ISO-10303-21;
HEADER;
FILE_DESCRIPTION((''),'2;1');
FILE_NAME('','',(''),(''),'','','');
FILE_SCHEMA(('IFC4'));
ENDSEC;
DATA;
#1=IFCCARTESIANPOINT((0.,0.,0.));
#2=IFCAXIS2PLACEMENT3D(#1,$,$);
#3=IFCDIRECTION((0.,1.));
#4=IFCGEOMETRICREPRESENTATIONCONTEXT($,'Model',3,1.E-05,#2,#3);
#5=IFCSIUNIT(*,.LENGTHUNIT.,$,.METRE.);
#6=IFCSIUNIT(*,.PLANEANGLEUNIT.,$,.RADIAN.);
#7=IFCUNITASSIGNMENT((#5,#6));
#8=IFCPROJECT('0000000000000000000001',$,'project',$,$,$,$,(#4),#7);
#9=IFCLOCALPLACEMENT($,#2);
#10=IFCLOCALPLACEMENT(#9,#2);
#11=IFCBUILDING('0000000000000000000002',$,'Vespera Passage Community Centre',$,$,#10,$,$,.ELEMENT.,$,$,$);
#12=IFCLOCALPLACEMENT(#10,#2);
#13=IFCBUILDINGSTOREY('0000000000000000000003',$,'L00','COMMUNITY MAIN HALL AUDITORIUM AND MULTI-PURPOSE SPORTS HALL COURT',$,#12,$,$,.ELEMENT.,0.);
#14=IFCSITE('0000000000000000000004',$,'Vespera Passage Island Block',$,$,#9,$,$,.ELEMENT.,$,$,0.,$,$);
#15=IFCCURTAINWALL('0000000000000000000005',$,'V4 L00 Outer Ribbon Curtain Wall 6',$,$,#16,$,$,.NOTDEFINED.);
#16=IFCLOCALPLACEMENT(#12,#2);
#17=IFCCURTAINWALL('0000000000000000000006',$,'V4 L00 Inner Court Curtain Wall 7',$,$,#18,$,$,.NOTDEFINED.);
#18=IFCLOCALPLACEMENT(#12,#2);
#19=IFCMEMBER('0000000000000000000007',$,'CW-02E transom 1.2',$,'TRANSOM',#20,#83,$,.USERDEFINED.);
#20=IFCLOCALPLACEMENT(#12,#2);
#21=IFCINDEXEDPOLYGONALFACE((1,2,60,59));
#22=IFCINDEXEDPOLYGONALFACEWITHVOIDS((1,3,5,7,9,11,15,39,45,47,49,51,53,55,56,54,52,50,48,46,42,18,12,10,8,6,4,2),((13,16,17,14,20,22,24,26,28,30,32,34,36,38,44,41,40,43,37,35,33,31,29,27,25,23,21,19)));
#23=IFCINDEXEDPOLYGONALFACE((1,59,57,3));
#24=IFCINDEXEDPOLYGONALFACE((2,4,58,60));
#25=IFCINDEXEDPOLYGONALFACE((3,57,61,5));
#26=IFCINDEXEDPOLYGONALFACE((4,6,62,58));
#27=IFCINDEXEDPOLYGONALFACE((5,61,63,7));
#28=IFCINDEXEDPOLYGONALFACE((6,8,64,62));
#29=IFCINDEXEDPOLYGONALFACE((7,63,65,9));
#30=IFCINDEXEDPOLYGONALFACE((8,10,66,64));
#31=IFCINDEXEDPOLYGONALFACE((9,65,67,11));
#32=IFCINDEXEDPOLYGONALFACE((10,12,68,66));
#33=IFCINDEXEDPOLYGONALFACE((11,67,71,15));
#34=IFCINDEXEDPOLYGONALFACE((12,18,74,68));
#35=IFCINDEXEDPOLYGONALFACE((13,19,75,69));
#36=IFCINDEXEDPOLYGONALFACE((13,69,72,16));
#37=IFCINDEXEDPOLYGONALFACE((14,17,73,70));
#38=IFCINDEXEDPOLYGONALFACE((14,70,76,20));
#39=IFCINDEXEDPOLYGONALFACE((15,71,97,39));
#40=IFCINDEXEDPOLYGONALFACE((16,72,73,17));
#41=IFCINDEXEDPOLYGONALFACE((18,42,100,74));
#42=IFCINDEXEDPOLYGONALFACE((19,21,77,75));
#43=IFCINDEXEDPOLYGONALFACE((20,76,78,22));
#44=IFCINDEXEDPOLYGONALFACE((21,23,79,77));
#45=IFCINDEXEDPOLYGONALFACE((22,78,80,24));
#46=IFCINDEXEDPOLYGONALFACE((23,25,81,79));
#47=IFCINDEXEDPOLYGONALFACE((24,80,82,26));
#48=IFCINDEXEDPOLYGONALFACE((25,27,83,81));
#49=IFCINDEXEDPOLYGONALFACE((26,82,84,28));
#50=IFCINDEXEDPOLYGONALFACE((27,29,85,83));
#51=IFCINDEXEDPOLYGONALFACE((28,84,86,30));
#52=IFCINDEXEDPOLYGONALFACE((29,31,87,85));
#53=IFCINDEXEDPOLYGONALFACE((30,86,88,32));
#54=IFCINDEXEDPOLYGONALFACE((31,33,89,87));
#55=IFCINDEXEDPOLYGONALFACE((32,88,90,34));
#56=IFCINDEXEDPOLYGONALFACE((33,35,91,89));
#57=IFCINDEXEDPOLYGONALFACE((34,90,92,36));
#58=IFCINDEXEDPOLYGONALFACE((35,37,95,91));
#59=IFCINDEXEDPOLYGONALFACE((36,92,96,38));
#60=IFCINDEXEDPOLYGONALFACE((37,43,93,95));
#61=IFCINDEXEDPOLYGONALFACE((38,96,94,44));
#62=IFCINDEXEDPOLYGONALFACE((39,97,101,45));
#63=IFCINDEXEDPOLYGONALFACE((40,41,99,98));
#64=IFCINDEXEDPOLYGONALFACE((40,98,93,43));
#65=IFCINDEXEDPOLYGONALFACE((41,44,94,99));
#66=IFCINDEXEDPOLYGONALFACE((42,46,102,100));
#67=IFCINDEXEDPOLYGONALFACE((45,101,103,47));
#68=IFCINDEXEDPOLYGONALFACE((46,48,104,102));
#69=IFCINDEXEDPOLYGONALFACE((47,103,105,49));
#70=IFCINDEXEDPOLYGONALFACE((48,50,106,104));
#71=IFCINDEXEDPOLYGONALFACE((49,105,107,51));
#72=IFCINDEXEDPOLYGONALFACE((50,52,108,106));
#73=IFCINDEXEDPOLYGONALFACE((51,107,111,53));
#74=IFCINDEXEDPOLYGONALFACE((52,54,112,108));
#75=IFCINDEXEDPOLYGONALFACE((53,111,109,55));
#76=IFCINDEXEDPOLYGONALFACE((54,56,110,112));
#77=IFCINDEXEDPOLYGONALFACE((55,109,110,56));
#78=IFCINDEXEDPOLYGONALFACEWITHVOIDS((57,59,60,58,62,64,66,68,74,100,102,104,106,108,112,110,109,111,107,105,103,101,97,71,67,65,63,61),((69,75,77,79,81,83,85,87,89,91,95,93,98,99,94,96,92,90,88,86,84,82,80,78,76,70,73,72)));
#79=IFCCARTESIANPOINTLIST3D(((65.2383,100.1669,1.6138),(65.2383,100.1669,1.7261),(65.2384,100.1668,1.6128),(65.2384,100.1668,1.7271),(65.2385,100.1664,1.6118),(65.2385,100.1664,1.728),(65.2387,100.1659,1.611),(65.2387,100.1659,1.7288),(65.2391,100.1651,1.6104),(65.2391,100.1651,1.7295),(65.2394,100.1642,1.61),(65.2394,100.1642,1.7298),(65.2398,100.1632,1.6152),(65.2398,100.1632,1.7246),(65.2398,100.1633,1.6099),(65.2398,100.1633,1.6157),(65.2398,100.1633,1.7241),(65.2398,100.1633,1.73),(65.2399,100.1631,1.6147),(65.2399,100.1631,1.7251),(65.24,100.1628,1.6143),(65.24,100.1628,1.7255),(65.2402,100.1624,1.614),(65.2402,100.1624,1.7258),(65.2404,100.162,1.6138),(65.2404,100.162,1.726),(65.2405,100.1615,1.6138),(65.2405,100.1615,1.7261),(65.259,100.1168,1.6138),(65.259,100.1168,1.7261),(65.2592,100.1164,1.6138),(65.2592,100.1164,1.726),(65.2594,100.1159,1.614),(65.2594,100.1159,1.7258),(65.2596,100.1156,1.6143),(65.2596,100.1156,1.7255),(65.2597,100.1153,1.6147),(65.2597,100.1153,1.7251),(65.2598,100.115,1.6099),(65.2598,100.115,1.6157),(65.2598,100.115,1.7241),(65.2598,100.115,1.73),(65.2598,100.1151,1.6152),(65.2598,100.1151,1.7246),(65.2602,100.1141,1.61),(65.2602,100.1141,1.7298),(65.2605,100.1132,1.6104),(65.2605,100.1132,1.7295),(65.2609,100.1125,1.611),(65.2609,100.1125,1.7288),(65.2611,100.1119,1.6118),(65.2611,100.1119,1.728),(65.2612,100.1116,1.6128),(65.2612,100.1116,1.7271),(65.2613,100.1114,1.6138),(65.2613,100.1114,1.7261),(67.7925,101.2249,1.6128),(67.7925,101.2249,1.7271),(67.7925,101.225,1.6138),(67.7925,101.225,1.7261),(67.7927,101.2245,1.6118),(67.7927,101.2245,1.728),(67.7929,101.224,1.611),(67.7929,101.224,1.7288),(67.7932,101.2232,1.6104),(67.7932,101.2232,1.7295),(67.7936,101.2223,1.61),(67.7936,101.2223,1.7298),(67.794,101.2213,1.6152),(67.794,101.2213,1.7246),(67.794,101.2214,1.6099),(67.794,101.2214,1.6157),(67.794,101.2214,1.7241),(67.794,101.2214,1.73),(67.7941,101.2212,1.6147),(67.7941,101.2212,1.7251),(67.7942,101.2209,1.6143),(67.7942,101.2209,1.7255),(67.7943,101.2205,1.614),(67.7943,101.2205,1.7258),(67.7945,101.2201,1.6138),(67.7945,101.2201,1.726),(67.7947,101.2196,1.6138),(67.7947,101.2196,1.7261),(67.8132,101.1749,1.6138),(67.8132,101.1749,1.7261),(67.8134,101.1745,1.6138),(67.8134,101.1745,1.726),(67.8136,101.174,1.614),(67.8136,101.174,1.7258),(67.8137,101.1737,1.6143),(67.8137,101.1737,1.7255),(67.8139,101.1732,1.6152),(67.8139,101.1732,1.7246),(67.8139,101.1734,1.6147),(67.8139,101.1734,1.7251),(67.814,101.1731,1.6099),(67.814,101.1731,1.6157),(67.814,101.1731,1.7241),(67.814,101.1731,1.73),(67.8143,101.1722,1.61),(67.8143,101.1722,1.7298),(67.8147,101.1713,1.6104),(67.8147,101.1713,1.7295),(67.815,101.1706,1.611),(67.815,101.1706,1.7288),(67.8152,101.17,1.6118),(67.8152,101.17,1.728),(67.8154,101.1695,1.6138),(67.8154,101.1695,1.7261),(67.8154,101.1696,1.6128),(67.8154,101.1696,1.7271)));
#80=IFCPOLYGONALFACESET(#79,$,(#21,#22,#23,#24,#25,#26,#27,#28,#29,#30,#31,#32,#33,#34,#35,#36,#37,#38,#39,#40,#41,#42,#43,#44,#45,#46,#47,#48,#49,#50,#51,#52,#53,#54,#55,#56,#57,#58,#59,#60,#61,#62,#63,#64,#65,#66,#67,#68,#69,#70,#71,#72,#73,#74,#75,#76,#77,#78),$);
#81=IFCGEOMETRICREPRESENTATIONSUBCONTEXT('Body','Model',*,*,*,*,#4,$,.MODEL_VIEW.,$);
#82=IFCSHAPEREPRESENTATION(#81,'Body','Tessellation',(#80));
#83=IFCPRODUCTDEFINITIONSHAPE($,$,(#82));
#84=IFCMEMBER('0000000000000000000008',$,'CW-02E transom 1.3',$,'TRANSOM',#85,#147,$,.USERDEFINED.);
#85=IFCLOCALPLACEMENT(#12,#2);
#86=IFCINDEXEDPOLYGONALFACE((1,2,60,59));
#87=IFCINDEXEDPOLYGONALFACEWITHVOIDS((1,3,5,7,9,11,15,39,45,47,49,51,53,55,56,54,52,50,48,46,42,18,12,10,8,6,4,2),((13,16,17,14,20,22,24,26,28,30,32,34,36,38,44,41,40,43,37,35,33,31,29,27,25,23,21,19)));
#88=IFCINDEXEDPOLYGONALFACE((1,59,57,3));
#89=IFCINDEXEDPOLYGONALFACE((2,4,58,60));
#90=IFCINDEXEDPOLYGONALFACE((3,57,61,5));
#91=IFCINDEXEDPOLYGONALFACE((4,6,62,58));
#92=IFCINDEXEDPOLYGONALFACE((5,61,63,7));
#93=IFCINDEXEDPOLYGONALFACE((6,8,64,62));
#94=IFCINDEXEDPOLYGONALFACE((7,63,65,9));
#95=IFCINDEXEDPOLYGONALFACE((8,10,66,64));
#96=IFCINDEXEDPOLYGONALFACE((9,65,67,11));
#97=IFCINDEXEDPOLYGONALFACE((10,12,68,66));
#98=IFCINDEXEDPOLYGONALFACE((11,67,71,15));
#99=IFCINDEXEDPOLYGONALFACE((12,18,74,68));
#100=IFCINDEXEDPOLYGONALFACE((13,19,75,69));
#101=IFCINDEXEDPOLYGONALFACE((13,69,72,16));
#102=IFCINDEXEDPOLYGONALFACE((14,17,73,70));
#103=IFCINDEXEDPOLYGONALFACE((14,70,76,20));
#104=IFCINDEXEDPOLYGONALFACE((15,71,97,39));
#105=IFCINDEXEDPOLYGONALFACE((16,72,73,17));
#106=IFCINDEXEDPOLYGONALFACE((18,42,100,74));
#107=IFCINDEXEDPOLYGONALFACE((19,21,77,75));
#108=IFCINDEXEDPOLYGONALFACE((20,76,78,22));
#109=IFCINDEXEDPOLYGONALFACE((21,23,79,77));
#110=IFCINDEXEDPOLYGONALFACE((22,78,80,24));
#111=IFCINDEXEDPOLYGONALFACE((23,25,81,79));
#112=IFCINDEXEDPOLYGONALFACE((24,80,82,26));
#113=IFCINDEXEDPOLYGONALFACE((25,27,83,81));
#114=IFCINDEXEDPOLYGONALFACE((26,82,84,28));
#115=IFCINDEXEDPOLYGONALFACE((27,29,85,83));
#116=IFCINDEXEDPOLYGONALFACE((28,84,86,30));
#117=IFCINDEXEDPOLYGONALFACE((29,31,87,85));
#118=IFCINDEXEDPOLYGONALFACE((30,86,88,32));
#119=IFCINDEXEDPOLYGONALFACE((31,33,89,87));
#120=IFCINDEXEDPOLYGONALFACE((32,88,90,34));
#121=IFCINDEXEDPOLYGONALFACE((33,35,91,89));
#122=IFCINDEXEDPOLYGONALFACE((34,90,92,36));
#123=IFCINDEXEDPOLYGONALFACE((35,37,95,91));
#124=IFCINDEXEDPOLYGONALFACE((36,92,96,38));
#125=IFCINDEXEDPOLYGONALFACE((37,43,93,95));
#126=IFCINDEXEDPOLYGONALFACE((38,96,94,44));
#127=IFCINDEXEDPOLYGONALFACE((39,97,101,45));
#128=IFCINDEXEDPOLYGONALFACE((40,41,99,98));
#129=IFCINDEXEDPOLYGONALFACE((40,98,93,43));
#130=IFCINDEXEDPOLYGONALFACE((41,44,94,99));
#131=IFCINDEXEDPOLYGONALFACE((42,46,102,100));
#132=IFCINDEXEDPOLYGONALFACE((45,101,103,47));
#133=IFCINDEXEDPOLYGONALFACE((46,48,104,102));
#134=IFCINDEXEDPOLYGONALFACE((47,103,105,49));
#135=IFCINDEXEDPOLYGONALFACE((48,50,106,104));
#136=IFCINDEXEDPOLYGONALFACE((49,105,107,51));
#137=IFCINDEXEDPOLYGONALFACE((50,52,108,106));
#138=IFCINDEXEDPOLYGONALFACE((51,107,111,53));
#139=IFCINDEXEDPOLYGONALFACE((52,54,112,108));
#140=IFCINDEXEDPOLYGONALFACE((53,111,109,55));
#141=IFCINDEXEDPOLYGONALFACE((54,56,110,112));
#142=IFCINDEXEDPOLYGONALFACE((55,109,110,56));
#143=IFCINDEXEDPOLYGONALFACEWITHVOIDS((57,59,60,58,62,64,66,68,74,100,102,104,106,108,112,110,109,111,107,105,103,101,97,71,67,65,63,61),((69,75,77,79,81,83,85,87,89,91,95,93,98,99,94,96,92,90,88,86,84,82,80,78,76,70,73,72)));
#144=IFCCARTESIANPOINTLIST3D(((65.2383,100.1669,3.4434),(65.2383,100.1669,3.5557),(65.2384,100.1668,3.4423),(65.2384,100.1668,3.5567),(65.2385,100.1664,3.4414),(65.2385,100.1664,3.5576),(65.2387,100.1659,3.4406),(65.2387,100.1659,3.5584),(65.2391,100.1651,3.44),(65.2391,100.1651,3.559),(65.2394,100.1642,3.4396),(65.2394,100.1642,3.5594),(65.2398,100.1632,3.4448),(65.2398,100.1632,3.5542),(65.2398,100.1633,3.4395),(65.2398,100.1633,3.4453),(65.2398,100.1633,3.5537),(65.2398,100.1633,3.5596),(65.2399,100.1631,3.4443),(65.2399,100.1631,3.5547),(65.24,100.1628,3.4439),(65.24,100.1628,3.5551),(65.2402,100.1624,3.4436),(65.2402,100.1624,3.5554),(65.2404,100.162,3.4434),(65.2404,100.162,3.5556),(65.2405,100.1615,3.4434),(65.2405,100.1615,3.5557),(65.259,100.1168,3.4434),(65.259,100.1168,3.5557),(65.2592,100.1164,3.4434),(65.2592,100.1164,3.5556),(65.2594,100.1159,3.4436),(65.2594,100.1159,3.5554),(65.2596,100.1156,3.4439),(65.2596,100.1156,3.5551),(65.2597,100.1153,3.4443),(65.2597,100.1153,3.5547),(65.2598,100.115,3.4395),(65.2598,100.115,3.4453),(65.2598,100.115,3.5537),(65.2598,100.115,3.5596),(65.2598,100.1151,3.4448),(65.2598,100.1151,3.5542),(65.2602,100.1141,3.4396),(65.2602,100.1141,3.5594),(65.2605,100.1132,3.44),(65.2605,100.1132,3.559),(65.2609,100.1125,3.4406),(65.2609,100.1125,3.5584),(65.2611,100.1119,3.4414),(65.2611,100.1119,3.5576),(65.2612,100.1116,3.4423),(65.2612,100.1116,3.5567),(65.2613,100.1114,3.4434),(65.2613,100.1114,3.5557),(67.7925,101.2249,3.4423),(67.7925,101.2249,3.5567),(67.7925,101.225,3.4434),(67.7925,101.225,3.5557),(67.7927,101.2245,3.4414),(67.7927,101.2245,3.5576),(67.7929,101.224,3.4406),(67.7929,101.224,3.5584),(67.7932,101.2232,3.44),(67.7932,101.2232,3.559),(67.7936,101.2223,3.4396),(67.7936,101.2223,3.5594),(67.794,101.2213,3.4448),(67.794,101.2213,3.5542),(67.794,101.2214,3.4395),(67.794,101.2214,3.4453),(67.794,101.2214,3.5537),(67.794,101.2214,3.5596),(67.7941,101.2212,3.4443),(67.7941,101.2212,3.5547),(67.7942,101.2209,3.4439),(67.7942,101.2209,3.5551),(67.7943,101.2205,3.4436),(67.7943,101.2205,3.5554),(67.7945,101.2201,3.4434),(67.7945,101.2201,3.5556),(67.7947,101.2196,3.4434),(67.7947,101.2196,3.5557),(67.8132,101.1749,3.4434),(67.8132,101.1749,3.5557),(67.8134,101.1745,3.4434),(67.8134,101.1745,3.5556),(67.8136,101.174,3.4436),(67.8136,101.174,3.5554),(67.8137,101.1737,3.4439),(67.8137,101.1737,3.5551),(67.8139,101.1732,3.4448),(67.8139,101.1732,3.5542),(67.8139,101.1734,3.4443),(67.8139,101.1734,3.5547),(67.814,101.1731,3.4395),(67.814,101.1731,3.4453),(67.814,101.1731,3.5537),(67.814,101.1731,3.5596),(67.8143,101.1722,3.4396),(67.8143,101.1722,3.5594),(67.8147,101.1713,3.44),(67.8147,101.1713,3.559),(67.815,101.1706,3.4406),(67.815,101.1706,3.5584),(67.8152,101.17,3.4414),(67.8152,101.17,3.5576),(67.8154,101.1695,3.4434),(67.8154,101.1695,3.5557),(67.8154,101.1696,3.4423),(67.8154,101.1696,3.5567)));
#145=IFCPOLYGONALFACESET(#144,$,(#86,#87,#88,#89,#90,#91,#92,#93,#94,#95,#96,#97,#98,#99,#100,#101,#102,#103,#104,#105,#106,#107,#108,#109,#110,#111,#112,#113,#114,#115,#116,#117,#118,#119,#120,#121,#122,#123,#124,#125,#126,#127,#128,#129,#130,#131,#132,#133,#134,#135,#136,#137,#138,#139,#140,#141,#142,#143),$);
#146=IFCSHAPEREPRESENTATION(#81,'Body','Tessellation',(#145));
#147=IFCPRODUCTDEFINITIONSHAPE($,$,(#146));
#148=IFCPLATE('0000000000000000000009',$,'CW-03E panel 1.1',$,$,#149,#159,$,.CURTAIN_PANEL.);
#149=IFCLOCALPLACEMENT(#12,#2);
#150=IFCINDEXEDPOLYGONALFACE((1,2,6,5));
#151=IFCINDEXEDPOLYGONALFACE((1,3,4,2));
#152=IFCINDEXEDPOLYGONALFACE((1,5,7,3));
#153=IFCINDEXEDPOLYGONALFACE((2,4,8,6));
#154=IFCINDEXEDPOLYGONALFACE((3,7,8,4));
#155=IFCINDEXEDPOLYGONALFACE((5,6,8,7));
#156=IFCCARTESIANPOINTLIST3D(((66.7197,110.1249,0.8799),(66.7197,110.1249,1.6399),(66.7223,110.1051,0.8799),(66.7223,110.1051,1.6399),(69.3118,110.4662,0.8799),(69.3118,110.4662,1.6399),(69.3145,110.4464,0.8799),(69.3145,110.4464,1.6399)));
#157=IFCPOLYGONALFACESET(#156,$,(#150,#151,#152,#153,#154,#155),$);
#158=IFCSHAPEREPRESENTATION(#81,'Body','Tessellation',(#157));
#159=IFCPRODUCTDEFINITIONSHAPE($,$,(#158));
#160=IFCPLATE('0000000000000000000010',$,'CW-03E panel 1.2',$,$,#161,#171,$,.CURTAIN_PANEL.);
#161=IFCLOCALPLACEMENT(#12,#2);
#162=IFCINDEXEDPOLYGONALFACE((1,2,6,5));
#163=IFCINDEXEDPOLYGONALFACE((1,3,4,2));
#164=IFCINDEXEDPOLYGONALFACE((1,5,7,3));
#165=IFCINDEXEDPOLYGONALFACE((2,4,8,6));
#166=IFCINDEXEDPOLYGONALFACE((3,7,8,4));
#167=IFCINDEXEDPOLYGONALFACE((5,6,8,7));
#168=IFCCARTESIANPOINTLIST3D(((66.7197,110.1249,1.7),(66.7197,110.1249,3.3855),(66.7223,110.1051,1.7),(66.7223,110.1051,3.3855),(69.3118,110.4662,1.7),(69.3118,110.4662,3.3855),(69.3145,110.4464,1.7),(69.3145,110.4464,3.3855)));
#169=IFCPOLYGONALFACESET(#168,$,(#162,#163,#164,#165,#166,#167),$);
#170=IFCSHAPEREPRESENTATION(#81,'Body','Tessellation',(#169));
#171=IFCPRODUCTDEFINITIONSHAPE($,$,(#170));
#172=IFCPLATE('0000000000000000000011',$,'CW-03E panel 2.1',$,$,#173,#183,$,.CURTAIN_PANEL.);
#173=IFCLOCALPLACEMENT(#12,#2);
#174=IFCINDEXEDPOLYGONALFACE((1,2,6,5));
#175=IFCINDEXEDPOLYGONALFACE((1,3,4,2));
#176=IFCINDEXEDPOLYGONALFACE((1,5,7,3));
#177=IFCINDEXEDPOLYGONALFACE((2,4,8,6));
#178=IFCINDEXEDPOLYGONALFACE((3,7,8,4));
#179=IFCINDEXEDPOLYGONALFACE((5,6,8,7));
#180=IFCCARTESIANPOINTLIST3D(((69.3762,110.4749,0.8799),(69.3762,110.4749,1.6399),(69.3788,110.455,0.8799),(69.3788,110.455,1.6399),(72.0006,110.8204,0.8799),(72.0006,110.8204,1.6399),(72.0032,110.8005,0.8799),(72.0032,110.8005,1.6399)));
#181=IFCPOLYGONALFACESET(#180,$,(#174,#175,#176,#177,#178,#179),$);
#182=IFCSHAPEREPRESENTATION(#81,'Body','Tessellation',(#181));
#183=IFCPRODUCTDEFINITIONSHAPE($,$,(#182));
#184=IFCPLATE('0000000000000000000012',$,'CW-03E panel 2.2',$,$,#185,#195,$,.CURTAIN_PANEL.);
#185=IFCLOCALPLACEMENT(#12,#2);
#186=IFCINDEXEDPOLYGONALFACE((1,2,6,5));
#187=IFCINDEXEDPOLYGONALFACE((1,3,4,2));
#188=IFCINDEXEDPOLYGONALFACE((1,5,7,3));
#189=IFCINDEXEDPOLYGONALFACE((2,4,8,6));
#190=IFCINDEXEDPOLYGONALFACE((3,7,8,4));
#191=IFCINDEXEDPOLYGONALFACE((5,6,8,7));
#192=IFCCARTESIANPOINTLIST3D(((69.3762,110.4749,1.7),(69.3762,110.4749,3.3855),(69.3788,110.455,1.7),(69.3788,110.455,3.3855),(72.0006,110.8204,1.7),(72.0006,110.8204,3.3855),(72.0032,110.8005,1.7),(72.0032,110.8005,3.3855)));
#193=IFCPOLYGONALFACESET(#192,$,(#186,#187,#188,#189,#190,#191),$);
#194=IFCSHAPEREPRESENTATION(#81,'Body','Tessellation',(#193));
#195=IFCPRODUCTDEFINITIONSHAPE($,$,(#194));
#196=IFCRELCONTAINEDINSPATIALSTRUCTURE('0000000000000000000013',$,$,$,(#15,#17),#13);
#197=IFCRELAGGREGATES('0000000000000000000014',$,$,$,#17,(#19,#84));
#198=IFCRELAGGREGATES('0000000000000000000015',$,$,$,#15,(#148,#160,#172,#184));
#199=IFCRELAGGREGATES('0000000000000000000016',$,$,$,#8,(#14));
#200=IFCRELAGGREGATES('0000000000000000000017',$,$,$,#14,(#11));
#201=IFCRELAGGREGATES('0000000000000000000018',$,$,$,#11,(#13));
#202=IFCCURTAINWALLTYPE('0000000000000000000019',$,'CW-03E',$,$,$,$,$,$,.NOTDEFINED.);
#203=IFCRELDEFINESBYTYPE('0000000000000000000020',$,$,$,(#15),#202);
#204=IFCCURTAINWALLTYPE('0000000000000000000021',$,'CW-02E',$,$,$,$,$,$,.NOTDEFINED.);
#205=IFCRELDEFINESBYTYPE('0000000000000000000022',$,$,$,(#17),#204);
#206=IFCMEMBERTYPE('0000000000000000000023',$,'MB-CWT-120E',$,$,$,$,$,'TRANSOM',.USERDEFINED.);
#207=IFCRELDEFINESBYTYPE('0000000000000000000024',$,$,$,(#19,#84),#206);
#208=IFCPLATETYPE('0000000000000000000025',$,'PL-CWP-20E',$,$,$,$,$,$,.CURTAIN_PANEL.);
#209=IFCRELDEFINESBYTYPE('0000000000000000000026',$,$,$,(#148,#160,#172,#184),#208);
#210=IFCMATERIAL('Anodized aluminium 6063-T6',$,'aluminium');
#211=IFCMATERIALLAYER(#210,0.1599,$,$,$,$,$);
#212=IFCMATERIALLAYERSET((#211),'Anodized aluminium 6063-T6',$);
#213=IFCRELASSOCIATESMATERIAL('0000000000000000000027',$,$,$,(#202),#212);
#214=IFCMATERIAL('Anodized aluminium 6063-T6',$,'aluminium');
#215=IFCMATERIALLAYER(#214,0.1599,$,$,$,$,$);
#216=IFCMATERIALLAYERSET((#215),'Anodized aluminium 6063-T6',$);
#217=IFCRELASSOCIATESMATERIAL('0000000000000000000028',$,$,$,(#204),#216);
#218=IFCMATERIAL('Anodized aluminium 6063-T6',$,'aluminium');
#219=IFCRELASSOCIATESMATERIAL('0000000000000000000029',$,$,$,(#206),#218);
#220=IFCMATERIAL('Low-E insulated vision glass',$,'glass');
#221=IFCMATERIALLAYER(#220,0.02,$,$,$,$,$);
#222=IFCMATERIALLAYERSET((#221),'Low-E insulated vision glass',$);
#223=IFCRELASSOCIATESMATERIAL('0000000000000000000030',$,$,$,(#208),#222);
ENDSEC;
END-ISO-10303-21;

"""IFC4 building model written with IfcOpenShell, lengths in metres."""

from ifc_helpers import new_model, si_unit, direction, frame, origin, origin_2d, place, context, subcontext, project, spatial, rectangle, hollow_rectangle, extrude, material, layer, layer_set, material_profile, profile_set, type_object, element, aggregate, save


model = new_model("IFC4")

# Units and contexts
model_context = context("Model", 3, precision=1e-05, world=origin(), true_north=direction((0.0, 1.0)))
body_context = subcontext(model_context, "Body", "Model", "MODEL_VIEW")
ifc_project = project(units=[si_unit("LENGTHUNIT", "METRE"), si_unit("PLANEANGLEUNIT", "RADIAN")], contexts=[model_context])

# Site, building, storey
site_placement = place(None, origin())
site = spatial("IfcSite", under=ifc_project, at=site_placement, Name="Vespera Passage Island Block", CompositionType="ELEMENT", RefElevation=0.0)
building_placement = place(site_placement, origin())
building = spatial("IfcBuilding", under=site, at=building_placement, Name="Vespera Passage Community Centre", CompositionType="ELEMENT")
storey_placement = place(building_placement, origin())
storey = spatial("IfcBuildingStorey", under=building, at=storey_placement, Name="L00", Description="COMMUNITY MAIN HALL AUDITORIUM AND MULTI-PURPOSE SPORTS HALL COURT", CompositionType="ELEMENT", Elevation=0.0)

# Curtain wall
ifc_material_1 = material(Name="Anodized aluminium 6063-T6", Category="aluminium")
ifc_layer_1 = layer(ifc_material_1, 0.1599)
ifc_layer_set_1 = layer_set([ifc_layer_1], Name="Anodized aluminium 6063-T6")
curtain_wall_type_1 = type_object("IfcCurtainWallType", Name="CW-03E", PredefinedType="NOTDEFINED", material=ifc_layer_set_1)
curtain_wall_1_placement = place(storey_placement, origin())
curtain_wall_1 = element("IfcCurtainWall", 1, at=curtain_wall_1_placement, inside=storey, type_object=curtain_wall_type_1, Name="V4 L00 Outer Ribbon Curtain Wall 6", PredefinedType="NOTDEFINED")

# Curtain wall
ifc_material_2 = material(Name="Anodized aluminium 6063-T6", Category="aluminium")
ifc_layer_2 = layer(ifc_material_2, 0.1599)
ifc_layer_set_2 = layer_set([ifc_layer_2], Name="Anodized aluminium 6063-T6")
curtain_wall_type_2 = type_object("IfcCurtainWallType", Name="CW-02E", PredefinedType="NOTDEFINED", material=ifc_layer_set_2)
curtain_wall_2_placement = place(storey_placement, origin())
curtain_wall_2 = element("IfcCurtainWall", 2, at=curtain_wall_2_placement, inside=storey, type_object=curtain_wall_type_2, Name="V4 L00 Inner Court Curtain Wall 7", PredefinedType="NOTDEFINED")

# Members
ifc_material_3 = material(Name="Anodized aluminium 6063-T6", Category="aluminium")
ifc_material_profile_1 = material_profile(ifc_material_3, hollow_rectangle(XDim=0.0601, YDim=0.1201, WallThickness=0.0039, InnerFilletRadius=0.002, OuterFilletRadius=0.0039, at=origin_2d()), Name="ALU120X60X4")
ifc_profile_set_1 = profile_set([ifc_material_profile_1], Name="Anodized aluminium 6063-T6")
member_type_1 = type_object("IfcMemberType", Name="MB-CWT-120E", ElementType="TRANSOM", PredefinedType="USERDEFINED", material=ifc_profile_set_1)
member_1_placement = place(storey_placement, frame((67.804, 101.1973, 1.6699), z_axis=(-0.923864, -0.382721, 0.0), x_axis=(0.382721, -0.923864, 0.0)))
member_1 = element("IfcMember", 3, at=member_1_placement, type_object=member_type_1, Name="CW-02E transom 1.2", ObjectType="TRANSOM", PredefinedType="USERDEFINED", context=body_context, shape_type="SweptSolid", body=[
    extrude(hollow_rectangle(XDim=0.0601, YDim=0.1201, WallThickness=0.0039, InnerFilletRadius=0.002, OuterFilletRadius=0.0039, at=origin_2d()), origin(), (0.0, 0.0, 1.0), 2.7646),
])
member_2_placement = place(storey_placement, frame((67.804, 101.1973, 3.4995), z_axis=(-0.923864, -0.382721, 0.0), x_axis=(0.382721, -0.923864, 0.0)))
member_2 = element("IfcMember", 4, at=member_2_placement, type_object=member_type_1, Name="CW-02E transom 1.3", ObjectType="TRANSOM", PredefinedType="USERDEFINED", context=body_context, shape_type="SweptSolid", body=[
    extrude(hollow_rectangle(XDim=0.0601, YDim=0.1201, WallThickness=0.0039, InnerFilletRadius=0.002, OuterFilletRadius=0.0039, at=origin_2d()), origin(), (0.0, 0.0, 1.0), 2.7646),
])
aggregate(curtain_wall_2, [member_1, member_2])

# Plates
ifc_material_4 = material(Name="Low-E insulated vision glass", Category="glass")
ifc_layer_3 = layer(ifc_material_4, 0.02)
ifc_layer_set_3 = layer_set([ifc_layer_3], Name="Low-E insulated vision glass")
plate_type = type_object("IfcPlateType", Name="PL-CWP-20E", PredefinedType="CURTAIN_PANEL", material=ifc_layer_set_3)
plate_1_placement = place(storey_placement, frame((68.0171, 110.2856, 0.8799), z_axis=(0.0, 0.0, 1.0), x_axis=(0.991444, 0.130531, 0.0)))
plate_1 = element("IfcPlate", 5, at=plate_1_placement, type_object=plate_type, Name="CW-03E panel 1.1", PredefinedType="CURTAIN_PANEL", context=body_context, shape_type="SweptSolid", body=[
    extrude(rectangle(XDim=2.6145, YDim=0.02, at=origin_2d()), origin(), (0.0, 0.0, 1.0), 0.76),
])
plate_2_placement = place(storey_placement, frame((68.0171, 110.2856, 1.7), z_axis=(0.0, 0.0, 1.0), x_axis=(0.991444, 0.130531, 0.0)))
plate_2 = element("IfcPlate", 6, at=plate_2_placement, type_object=plate_type, Name="CW-03E panel 1.2", PredefinedType="CURTAIN_PANEL", context=body_context, shape_type="SweptSolid", body=[
    extrude(rectangle(XDim=2.6145, YDim=0.02, at=origin_2d()), origin(), (0.0, 0.0, 1.0), 1.6855),
])
plate_3_placement = place(storey_placement, frame((70.6897, 110.6377, 0.8799), z_axis=(0.0, 0.0, 1.0), x_axis=(0.991444, 0.130531, 0.0)))
plate_3 = element("IfcPlate", 7, at=plate_3_placement, type_object=plate_type, Name="CW-03E panel 2.1", PredefinedType="CURTAIN_PANEL", context=body_context, shape_type="SweptSolid", body=[
    extrude(rectangle(XDim=2.647, YDim=0.02, at=origin_2d()), origin(), (0.0, 0.0, 1.0), 0.76),
])
plate_4_placement = place(storey_placement, frame((70.6897, 110.6377, 1.7), z_axis=(0.0, 0.0, 1.0), x_axis=(0.991444, 0.130531, 0.0)))
plate_4 = element("IfcPlate", 8, at=plate_4_placement, type_object=plate_type, Name="CW-03E panel 2.2", PredefinedType="CURTAIN_PANEL", context=body_context, shape_type="SweptSolid", body=[
    extrude(rectangle(XDim=2.647, YDim=0.02, at=origin_2d()), origin(), (0.0, 0.0, 1.0), 1.6855),
])
aggregate(curtain_wall_1, [plate_1, plate_2, plate_3, plate_4])

save(model, "model.ifc")
